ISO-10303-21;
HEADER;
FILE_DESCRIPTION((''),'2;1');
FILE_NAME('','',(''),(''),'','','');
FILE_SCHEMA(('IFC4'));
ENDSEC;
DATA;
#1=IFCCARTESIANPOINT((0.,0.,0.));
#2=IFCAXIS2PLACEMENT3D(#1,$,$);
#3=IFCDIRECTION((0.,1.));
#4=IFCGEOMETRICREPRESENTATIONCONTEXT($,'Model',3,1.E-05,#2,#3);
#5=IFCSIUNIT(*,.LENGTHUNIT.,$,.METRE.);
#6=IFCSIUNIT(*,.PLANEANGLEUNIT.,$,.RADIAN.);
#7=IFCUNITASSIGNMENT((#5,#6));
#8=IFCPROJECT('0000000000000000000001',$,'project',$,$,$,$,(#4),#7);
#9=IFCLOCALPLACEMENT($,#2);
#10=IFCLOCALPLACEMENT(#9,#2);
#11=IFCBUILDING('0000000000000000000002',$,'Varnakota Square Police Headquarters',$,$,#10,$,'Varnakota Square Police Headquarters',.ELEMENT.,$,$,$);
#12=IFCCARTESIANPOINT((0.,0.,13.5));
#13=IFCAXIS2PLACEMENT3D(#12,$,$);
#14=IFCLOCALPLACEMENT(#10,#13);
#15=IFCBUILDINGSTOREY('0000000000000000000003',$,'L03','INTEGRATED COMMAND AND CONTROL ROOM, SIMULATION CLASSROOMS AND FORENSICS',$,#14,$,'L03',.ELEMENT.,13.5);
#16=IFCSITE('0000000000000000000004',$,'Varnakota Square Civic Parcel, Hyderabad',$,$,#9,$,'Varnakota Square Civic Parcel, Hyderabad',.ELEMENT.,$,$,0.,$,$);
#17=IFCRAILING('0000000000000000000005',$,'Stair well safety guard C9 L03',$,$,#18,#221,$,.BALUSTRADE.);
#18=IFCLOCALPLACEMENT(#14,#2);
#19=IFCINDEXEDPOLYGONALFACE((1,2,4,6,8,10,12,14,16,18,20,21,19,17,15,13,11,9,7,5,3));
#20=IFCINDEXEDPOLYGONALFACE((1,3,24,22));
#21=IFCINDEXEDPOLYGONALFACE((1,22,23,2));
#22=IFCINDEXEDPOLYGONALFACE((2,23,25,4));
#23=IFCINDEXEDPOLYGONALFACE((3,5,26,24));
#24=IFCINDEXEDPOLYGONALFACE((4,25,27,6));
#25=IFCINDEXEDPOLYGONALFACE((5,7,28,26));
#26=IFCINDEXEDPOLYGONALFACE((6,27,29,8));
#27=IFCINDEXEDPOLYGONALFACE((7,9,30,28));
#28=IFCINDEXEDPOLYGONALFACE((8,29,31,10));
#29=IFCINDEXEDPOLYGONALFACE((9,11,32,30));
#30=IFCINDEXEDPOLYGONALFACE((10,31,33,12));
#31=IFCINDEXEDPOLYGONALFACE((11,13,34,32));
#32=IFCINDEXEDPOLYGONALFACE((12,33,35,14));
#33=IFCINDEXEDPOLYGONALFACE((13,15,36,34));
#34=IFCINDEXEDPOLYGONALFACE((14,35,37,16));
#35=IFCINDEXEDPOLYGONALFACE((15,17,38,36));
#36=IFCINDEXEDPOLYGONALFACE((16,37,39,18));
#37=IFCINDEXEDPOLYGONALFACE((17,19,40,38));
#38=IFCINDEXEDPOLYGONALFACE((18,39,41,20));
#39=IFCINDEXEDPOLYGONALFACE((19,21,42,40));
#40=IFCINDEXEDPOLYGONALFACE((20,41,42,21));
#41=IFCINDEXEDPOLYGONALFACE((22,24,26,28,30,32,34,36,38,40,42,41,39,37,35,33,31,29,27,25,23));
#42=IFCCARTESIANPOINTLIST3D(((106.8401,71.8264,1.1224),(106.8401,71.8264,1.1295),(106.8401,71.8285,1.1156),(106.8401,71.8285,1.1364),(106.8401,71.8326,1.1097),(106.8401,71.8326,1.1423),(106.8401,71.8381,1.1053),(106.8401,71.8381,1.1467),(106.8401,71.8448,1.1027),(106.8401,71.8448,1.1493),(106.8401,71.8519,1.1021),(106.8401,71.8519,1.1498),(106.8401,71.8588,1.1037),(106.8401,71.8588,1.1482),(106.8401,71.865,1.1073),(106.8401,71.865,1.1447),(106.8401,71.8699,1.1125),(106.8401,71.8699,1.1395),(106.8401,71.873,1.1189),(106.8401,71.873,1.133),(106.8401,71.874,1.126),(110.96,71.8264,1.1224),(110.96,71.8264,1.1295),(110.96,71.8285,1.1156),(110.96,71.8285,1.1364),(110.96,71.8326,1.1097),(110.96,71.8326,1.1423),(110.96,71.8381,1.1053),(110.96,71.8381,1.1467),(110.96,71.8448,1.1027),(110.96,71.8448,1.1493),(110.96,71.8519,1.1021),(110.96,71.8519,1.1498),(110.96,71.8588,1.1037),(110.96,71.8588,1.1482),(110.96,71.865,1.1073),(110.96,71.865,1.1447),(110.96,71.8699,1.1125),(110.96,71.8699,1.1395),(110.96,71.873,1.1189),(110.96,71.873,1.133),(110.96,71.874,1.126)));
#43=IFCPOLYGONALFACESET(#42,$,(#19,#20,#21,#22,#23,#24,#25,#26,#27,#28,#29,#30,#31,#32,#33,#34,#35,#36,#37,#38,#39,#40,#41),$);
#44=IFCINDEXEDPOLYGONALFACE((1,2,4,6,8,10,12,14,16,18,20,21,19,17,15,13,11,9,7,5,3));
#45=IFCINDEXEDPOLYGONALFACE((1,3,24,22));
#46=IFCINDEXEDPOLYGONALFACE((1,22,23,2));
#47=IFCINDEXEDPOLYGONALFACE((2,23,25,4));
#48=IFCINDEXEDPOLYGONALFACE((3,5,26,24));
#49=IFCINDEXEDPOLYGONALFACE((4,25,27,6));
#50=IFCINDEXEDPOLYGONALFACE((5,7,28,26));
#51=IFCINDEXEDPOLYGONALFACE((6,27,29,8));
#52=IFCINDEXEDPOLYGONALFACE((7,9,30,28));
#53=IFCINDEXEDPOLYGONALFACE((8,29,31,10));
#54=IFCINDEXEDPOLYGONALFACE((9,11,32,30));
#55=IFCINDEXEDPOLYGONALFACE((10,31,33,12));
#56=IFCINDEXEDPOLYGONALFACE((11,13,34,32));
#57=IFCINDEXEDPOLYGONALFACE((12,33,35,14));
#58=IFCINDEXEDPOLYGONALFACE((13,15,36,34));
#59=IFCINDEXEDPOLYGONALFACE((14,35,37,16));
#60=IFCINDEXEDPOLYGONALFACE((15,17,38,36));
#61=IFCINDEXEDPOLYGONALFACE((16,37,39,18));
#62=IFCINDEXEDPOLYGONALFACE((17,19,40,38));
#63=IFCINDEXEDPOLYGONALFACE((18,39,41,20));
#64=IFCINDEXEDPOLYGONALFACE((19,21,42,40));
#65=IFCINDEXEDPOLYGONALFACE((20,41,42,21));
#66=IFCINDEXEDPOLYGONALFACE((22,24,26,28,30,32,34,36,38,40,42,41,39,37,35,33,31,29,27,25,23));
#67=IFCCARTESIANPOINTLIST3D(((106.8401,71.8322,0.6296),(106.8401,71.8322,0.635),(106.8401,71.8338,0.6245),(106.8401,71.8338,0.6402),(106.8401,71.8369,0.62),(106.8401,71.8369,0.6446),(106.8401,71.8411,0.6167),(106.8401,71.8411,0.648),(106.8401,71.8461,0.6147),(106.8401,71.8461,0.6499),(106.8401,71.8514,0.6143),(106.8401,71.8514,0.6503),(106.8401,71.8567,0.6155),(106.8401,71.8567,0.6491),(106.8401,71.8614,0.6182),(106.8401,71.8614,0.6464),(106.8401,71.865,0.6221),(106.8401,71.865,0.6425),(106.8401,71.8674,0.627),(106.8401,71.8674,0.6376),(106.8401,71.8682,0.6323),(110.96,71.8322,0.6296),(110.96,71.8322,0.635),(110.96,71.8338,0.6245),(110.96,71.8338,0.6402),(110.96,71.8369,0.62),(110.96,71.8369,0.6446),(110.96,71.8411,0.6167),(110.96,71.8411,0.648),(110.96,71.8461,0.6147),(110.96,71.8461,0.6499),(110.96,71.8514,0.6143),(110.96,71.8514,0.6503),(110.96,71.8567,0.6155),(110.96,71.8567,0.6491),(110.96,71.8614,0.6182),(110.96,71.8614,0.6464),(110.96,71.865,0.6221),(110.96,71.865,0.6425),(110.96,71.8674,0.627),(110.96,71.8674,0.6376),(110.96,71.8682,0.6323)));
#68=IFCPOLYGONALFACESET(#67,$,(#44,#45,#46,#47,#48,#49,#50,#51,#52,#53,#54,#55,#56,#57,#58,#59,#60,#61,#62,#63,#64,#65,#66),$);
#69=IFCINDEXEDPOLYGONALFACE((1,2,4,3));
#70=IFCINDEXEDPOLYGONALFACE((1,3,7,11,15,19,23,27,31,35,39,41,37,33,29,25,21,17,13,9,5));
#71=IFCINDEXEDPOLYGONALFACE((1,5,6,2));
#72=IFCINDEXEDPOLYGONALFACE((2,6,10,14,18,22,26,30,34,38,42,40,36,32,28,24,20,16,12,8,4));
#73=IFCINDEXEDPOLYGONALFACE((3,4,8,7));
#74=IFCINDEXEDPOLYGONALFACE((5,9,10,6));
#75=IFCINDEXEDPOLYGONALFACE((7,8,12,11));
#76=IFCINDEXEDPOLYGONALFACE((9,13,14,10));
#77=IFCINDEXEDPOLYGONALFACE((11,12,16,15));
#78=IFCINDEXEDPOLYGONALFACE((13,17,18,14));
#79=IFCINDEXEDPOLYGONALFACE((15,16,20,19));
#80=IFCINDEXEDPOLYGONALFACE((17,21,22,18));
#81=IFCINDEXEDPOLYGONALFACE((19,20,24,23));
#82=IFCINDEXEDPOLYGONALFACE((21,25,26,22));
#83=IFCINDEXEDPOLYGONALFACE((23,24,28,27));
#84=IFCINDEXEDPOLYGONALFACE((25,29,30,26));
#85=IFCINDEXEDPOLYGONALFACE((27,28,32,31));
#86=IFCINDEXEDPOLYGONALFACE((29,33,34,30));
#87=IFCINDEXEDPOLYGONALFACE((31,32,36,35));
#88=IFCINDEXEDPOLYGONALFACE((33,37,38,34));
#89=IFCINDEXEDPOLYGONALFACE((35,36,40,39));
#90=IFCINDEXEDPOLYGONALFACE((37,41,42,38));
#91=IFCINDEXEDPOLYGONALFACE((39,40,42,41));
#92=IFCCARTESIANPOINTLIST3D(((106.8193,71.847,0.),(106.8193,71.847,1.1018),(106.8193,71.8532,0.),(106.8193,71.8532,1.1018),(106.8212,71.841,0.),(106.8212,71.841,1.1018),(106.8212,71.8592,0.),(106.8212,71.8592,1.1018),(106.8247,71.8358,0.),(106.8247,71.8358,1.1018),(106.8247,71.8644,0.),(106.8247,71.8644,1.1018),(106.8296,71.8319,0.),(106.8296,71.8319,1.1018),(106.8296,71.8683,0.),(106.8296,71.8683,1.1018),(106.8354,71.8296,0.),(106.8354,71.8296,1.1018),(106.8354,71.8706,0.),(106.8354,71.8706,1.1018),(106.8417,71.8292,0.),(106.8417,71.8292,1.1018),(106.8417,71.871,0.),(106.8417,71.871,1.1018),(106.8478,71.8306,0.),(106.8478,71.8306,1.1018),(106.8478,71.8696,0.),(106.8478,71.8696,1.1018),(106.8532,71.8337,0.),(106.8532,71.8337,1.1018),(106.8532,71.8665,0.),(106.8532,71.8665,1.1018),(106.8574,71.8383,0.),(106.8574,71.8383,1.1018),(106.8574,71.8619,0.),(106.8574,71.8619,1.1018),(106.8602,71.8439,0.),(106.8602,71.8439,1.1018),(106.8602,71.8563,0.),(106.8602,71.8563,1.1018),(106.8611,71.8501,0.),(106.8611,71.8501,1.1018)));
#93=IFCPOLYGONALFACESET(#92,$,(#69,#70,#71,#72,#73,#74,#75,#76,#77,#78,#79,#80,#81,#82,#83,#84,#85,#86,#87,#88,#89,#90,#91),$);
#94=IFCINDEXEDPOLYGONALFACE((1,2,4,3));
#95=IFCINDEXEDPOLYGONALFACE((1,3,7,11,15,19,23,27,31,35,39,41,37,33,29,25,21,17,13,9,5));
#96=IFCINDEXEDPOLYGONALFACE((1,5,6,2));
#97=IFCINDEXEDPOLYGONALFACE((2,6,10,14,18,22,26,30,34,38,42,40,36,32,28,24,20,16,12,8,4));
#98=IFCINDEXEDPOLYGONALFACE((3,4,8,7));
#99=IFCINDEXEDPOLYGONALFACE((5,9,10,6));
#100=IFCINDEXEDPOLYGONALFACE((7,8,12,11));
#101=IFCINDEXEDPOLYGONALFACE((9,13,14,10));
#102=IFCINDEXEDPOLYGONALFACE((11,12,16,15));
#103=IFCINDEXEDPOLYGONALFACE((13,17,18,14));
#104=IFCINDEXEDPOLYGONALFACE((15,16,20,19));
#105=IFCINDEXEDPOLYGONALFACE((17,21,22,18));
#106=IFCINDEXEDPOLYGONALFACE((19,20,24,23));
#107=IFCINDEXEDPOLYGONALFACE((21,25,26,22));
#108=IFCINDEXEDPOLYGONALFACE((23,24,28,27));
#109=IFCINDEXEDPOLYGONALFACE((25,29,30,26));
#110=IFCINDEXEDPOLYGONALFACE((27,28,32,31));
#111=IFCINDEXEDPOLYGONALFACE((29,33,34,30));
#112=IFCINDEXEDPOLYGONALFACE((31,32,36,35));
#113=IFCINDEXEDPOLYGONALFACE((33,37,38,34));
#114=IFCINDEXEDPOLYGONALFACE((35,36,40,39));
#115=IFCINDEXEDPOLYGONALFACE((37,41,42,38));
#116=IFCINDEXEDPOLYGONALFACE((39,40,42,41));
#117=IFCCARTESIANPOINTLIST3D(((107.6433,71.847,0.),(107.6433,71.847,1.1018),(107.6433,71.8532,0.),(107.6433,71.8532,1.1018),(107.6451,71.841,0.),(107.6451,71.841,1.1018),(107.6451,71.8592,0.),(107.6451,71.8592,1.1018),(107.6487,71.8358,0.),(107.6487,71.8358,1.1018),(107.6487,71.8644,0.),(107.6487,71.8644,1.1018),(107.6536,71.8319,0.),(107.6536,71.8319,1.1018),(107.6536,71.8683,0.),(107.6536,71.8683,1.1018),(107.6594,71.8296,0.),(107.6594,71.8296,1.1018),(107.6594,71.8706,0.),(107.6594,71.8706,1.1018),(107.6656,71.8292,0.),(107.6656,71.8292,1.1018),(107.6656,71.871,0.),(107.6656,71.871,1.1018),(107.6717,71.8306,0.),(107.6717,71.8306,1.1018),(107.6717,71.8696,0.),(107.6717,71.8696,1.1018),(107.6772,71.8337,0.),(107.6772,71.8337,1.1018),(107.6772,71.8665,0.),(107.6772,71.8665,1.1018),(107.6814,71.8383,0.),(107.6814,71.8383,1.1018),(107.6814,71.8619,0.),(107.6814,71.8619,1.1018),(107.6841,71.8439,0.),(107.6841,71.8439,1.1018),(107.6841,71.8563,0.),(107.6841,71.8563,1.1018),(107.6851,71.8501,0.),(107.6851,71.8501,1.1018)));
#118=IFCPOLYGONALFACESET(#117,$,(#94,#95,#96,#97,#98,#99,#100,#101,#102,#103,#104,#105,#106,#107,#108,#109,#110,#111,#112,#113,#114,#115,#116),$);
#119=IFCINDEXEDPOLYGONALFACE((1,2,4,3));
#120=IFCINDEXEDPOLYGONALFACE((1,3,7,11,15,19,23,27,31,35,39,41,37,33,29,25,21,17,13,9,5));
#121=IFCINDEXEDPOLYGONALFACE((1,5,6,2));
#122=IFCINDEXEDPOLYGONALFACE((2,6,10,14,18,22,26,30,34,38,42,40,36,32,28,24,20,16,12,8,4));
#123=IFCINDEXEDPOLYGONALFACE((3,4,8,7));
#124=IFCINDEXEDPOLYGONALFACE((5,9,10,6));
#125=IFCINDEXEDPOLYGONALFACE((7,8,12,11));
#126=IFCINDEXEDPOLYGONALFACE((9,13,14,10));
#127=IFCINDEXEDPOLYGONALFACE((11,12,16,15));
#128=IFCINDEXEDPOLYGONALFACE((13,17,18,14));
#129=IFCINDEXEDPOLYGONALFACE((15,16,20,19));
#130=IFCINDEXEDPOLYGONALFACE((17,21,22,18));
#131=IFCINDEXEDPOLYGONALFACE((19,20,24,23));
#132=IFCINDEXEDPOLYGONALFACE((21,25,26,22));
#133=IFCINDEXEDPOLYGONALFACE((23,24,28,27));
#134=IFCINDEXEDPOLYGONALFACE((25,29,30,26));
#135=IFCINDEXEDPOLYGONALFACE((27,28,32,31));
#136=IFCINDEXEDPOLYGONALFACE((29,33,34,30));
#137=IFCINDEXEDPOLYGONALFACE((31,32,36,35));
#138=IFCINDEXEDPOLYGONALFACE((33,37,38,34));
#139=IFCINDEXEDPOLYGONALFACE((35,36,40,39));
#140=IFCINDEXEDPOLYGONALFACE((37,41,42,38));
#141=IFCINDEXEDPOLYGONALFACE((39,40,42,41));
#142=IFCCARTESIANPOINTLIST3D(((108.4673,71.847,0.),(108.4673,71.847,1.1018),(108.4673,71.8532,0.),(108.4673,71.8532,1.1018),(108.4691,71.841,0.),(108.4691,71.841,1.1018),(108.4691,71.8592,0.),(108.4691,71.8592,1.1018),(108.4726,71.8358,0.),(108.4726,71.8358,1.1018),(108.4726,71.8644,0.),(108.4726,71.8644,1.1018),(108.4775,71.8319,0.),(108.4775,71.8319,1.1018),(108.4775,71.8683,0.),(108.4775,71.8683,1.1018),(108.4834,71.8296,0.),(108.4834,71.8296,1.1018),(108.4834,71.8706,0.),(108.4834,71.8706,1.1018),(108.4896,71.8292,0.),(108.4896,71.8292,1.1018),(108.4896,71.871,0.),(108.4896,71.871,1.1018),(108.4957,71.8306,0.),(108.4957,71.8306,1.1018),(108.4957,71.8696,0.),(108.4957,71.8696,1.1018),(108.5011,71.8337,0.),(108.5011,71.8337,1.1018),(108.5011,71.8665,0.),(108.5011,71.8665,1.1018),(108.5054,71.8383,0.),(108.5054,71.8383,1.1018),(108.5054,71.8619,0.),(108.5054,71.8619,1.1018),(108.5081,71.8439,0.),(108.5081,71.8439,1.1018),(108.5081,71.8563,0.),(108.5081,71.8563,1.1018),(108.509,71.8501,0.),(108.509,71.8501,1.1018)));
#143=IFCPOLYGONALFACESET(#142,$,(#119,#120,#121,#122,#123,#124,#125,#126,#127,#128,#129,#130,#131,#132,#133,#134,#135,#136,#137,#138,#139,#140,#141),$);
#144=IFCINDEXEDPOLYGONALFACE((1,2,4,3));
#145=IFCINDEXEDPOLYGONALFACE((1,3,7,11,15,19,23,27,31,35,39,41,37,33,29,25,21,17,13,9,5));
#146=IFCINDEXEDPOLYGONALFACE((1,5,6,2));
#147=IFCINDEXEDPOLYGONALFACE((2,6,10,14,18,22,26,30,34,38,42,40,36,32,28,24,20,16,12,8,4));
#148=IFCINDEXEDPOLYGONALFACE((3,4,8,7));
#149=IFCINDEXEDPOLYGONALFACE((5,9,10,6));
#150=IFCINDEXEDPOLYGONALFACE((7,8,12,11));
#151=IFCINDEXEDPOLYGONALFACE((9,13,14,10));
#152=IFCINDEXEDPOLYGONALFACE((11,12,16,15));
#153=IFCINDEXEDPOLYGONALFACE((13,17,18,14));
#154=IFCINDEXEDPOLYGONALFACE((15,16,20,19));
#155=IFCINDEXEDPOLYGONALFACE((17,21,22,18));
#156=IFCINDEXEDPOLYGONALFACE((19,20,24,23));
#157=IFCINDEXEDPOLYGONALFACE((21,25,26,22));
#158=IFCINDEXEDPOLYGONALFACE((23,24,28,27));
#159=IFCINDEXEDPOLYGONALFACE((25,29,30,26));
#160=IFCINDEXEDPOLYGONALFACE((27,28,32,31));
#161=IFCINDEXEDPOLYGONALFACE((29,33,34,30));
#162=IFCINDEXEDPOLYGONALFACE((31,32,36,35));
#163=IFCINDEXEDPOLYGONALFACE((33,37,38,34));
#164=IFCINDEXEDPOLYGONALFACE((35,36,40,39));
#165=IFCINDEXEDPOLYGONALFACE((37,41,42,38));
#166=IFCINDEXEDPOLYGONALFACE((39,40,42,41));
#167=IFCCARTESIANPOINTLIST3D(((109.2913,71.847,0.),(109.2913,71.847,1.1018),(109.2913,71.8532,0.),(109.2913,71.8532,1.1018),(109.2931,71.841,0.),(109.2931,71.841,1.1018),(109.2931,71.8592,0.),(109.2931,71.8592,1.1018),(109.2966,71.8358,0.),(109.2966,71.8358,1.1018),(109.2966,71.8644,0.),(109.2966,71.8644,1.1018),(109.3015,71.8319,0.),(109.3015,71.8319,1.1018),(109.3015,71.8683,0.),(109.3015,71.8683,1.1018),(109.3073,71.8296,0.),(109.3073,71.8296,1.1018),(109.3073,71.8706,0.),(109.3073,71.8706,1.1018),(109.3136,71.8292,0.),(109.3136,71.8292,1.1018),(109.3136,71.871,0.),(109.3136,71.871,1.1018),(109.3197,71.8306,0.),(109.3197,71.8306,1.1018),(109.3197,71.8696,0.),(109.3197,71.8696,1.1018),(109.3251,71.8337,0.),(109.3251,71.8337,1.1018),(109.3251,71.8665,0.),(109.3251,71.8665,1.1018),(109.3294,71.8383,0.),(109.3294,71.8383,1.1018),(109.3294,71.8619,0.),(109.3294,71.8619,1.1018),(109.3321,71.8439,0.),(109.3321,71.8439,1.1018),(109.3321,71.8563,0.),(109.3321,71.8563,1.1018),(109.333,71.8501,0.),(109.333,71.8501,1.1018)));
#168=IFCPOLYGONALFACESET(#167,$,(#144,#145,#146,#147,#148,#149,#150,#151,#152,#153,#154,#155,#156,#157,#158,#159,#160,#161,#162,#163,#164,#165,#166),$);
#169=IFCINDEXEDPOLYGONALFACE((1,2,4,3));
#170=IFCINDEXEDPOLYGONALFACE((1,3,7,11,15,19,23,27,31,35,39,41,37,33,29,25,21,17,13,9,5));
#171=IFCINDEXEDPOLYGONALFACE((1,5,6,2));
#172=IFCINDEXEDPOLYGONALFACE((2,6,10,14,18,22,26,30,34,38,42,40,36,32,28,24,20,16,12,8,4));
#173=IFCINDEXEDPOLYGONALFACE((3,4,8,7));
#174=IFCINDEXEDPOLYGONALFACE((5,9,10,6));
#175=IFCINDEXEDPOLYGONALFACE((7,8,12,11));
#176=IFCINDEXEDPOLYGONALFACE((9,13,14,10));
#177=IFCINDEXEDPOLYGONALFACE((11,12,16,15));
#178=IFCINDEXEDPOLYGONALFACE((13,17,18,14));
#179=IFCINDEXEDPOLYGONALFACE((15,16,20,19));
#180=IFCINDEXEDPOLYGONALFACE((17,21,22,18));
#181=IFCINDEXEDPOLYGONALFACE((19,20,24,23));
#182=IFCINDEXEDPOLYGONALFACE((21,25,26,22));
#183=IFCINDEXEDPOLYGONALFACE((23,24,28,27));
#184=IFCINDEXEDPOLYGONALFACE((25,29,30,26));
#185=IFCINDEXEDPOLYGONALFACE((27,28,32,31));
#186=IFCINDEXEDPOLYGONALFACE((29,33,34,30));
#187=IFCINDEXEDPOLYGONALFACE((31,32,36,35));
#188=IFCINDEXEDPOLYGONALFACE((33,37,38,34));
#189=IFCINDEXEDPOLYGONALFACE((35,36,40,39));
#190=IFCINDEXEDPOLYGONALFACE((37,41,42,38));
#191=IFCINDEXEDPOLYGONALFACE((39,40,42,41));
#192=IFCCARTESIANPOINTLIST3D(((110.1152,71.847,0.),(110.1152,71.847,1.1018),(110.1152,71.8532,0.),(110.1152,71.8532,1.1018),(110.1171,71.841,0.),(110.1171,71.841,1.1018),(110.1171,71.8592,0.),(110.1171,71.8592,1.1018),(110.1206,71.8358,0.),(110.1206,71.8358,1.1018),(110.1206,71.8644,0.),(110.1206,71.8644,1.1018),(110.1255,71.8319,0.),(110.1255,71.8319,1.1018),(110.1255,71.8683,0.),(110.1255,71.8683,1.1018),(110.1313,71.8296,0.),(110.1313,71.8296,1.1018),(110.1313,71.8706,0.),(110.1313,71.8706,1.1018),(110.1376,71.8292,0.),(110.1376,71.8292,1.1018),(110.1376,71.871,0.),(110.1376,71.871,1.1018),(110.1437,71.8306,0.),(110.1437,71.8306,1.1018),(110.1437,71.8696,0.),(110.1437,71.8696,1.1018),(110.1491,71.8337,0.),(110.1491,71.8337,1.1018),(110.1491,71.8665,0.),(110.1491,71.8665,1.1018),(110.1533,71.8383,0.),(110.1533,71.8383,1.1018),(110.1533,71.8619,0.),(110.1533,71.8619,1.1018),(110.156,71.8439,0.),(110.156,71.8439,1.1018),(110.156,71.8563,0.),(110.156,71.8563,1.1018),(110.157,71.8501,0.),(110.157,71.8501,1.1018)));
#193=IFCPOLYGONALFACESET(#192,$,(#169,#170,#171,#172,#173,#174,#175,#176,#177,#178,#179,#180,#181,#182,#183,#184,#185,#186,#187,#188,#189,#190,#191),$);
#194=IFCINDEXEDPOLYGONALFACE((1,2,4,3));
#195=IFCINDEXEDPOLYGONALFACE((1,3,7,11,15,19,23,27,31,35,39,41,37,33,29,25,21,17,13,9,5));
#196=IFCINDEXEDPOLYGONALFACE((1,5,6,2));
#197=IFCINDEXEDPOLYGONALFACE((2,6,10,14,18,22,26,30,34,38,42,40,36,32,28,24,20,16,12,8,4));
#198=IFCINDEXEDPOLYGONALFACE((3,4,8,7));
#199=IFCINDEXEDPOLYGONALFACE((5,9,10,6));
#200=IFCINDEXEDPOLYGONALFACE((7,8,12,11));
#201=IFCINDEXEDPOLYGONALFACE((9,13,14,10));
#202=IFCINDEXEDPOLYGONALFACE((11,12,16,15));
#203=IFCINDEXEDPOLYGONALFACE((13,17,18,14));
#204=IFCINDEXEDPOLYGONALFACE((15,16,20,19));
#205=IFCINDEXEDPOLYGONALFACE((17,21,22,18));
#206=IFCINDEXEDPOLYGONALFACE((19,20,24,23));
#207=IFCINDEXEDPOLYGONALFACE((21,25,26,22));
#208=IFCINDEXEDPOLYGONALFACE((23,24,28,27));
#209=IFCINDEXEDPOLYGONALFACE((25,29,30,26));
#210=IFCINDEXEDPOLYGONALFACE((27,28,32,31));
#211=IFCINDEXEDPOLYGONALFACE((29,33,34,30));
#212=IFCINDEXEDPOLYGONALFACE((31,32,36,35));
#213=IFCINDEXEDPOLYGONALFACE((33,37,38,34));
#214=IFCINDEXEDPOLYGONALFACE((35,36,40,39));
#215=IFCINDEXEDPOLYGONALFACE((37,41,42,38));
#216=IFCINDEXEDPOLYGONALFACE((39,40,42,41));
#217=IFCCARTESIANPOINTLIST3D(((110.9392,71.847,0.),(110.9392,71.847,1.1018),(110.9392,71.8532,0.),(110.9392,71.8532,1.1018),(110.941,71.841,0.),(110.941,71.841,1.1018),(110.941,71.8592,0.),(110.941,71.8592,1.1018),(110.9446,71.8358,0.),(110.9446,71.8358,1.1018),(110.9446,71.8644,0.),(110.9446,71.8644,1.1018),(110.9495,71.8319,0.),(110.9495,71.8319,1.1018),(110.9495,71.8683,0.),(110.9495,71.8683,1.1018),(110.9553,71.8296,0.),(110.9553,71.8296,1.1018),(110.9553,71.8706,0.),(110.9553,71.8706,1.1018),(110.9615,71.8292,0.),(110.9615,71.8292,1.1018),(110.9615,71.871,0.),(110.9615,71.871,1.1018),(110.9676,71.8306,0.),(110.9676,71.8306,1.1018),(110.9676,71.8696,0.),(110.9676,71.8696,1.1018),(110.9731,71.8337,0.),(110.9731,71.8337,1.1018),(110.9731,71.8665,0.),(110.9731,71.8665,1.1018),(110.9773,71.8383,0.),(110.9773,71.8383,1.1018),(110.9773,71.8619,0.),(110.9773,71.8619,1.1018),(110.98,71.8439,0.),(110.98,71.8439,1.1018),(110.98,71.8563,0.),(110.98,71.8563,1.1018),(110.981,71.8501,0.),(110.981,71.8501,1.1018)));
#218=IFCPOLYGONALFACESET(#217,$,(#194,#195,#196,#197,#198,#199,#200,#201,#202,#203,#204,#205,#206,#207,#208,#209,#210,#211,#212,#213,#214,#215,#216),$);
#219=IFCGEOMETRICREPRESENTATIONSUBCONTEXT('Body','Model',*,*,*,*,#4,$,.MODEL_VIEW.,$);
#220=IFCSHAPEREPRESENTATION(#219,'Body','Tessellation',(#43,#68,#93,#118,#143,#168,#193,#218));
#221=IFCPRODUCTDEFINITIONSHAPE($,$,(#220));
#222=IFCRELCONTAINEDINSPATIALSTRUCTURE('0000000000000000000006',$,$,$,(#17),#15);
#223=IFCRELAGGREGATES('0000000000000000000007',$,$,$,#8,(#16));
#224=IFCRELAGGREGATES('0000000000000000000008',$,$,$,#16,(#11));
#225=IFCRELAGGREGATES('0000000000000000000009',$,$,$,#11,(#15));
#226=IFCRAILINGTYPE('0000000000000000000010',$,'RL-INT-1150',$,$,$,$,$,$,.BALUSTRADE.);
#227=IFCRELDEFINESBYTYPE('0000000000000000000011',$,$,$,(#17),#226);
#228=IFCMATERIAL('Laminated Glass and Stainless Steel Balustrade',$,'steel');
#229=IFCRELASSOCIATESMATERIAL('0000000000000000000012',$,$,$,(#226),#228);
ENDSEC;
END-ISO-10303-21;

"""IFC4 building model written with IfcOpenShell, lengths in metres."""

from ifc_helpers import new_model, si_unit, direction, frame, origin, origin_2d, place, context, subcontext, project, spatial, circle, extrude, material, type_object, element, save


model = new_model("IFC4")

# Units and contexts
model_context = context("Model", 3, precision=1e-05, world=origin(), true_north=direction((0.0, 1.0)))
body_context = subcontext(model_context, "Body", "Model", "MODEL_VIEW")
ifc_project = project(units=[si_unit("LENGTHUNIT", "METRE"), si_unit("PLANEANGLEUNIT", "RADIAN")], contexts=[model_context])

# Site, building, storey
site_placement = place(None, origin())
site = spatial("IfcSite", under=ifc_project, at=site_placement, Name="Varnakota Square Civic Parcel, Hyderabad", LongName="Varnakota Square Civic Parcel, Hyderabad", CompositionType="ELEMENT", RefElevation=0.0)
building_placement = place(site_placement, origin())
building = spatial("IfcBuilding", under=site, at=building_placement, Name="Varnakota Square Police Headquarters", LongName="Varnakota Square Police Headquarters", CompositionType="ELEMENT")
storey_placement = place(building_placement, frame((0.0, 0.0, 13.5)))
storey = spatial("IfcBuildingStorey", under=building, at=storey_placement, Name="L03", Description="INTEGRATED COMMAND AND CONTROL ROOM, SIMULATION CLASSROOMS AND FORENSICS", LongName="L03", CompositionType="ELEMENT", Elevation=13.5)

# Railing
ifc_material_1 = material(Name="Laminated Glass and Stainless Steel Balustrade", Category="steel")
railing_type = type_object("IfcRailingType", Name="RL-INT-1150", PredefinedType="BALUSTRADE", material=ifc_material_1)
railing_placement = place(storey_placement, frame((106.8401, 71.8501, 0.0)))
element("IfcRailing", 1, at=railing_placement, inside=storey, type_object=railing_type, Name="Stair well safety guard C9 L03", PredefinedType="BALUSTRADE", context=body_context, shape_type="SweptSolid", body=[
    extrude(circle(Radius=0.0239, at=origin_2d()), frame((0.0, 0.0, 1.126), z_axis=(1.0, 0.0, 0.0), x_axis=(0.0, 1.0, 0.0)), (0.0, 0.0, 1.0), 4.1199),
    extrude(circle(Radius=0.0181, at=origin_2d()), frame((0.0, 0.0, 0.6323), z_axis=(1.0, 0.0, 0.0), x_axis=(0.0, 1.0, 0.0)), (0.0, 0.0, 1.0), 4.1199),
    extrude(circle(Radius=0.021, at=origin_2d()), origin(), (0.0, 0.0, 1.0), 1.1018),
    extrude(circle(Radius=0.021, at=origin_2d()), frame((0.824, 0.0, 0.0)), (0.0, 0.0, 1.0), 1.1018),
    extrude(circle(Radius=0.021, at=origin_2d()), frame((1.6479, 0.0, 0.0)), (0.0, 0.0, 1.0), 1.1018),
    extrude(circle(Radius=0.021, at=origin_2d()), frame((2.4719, 0.0, 0.0)), (0.0, 0.0, 1.0), 1.1018),
    extrude(circle(Radius=0.021, at=origin_2d()), frame((3.2959, 0.0, 0.0)), (0.0, 0.0, 1.0), 1.1018),
    extrude(circle(Radius=0.021, at=origin_2d()), frame((4.1199, 0.0, 0.0)), (0.0, 0.0, 1.0), 1.1018),
])

save(model, "model.ifc")
